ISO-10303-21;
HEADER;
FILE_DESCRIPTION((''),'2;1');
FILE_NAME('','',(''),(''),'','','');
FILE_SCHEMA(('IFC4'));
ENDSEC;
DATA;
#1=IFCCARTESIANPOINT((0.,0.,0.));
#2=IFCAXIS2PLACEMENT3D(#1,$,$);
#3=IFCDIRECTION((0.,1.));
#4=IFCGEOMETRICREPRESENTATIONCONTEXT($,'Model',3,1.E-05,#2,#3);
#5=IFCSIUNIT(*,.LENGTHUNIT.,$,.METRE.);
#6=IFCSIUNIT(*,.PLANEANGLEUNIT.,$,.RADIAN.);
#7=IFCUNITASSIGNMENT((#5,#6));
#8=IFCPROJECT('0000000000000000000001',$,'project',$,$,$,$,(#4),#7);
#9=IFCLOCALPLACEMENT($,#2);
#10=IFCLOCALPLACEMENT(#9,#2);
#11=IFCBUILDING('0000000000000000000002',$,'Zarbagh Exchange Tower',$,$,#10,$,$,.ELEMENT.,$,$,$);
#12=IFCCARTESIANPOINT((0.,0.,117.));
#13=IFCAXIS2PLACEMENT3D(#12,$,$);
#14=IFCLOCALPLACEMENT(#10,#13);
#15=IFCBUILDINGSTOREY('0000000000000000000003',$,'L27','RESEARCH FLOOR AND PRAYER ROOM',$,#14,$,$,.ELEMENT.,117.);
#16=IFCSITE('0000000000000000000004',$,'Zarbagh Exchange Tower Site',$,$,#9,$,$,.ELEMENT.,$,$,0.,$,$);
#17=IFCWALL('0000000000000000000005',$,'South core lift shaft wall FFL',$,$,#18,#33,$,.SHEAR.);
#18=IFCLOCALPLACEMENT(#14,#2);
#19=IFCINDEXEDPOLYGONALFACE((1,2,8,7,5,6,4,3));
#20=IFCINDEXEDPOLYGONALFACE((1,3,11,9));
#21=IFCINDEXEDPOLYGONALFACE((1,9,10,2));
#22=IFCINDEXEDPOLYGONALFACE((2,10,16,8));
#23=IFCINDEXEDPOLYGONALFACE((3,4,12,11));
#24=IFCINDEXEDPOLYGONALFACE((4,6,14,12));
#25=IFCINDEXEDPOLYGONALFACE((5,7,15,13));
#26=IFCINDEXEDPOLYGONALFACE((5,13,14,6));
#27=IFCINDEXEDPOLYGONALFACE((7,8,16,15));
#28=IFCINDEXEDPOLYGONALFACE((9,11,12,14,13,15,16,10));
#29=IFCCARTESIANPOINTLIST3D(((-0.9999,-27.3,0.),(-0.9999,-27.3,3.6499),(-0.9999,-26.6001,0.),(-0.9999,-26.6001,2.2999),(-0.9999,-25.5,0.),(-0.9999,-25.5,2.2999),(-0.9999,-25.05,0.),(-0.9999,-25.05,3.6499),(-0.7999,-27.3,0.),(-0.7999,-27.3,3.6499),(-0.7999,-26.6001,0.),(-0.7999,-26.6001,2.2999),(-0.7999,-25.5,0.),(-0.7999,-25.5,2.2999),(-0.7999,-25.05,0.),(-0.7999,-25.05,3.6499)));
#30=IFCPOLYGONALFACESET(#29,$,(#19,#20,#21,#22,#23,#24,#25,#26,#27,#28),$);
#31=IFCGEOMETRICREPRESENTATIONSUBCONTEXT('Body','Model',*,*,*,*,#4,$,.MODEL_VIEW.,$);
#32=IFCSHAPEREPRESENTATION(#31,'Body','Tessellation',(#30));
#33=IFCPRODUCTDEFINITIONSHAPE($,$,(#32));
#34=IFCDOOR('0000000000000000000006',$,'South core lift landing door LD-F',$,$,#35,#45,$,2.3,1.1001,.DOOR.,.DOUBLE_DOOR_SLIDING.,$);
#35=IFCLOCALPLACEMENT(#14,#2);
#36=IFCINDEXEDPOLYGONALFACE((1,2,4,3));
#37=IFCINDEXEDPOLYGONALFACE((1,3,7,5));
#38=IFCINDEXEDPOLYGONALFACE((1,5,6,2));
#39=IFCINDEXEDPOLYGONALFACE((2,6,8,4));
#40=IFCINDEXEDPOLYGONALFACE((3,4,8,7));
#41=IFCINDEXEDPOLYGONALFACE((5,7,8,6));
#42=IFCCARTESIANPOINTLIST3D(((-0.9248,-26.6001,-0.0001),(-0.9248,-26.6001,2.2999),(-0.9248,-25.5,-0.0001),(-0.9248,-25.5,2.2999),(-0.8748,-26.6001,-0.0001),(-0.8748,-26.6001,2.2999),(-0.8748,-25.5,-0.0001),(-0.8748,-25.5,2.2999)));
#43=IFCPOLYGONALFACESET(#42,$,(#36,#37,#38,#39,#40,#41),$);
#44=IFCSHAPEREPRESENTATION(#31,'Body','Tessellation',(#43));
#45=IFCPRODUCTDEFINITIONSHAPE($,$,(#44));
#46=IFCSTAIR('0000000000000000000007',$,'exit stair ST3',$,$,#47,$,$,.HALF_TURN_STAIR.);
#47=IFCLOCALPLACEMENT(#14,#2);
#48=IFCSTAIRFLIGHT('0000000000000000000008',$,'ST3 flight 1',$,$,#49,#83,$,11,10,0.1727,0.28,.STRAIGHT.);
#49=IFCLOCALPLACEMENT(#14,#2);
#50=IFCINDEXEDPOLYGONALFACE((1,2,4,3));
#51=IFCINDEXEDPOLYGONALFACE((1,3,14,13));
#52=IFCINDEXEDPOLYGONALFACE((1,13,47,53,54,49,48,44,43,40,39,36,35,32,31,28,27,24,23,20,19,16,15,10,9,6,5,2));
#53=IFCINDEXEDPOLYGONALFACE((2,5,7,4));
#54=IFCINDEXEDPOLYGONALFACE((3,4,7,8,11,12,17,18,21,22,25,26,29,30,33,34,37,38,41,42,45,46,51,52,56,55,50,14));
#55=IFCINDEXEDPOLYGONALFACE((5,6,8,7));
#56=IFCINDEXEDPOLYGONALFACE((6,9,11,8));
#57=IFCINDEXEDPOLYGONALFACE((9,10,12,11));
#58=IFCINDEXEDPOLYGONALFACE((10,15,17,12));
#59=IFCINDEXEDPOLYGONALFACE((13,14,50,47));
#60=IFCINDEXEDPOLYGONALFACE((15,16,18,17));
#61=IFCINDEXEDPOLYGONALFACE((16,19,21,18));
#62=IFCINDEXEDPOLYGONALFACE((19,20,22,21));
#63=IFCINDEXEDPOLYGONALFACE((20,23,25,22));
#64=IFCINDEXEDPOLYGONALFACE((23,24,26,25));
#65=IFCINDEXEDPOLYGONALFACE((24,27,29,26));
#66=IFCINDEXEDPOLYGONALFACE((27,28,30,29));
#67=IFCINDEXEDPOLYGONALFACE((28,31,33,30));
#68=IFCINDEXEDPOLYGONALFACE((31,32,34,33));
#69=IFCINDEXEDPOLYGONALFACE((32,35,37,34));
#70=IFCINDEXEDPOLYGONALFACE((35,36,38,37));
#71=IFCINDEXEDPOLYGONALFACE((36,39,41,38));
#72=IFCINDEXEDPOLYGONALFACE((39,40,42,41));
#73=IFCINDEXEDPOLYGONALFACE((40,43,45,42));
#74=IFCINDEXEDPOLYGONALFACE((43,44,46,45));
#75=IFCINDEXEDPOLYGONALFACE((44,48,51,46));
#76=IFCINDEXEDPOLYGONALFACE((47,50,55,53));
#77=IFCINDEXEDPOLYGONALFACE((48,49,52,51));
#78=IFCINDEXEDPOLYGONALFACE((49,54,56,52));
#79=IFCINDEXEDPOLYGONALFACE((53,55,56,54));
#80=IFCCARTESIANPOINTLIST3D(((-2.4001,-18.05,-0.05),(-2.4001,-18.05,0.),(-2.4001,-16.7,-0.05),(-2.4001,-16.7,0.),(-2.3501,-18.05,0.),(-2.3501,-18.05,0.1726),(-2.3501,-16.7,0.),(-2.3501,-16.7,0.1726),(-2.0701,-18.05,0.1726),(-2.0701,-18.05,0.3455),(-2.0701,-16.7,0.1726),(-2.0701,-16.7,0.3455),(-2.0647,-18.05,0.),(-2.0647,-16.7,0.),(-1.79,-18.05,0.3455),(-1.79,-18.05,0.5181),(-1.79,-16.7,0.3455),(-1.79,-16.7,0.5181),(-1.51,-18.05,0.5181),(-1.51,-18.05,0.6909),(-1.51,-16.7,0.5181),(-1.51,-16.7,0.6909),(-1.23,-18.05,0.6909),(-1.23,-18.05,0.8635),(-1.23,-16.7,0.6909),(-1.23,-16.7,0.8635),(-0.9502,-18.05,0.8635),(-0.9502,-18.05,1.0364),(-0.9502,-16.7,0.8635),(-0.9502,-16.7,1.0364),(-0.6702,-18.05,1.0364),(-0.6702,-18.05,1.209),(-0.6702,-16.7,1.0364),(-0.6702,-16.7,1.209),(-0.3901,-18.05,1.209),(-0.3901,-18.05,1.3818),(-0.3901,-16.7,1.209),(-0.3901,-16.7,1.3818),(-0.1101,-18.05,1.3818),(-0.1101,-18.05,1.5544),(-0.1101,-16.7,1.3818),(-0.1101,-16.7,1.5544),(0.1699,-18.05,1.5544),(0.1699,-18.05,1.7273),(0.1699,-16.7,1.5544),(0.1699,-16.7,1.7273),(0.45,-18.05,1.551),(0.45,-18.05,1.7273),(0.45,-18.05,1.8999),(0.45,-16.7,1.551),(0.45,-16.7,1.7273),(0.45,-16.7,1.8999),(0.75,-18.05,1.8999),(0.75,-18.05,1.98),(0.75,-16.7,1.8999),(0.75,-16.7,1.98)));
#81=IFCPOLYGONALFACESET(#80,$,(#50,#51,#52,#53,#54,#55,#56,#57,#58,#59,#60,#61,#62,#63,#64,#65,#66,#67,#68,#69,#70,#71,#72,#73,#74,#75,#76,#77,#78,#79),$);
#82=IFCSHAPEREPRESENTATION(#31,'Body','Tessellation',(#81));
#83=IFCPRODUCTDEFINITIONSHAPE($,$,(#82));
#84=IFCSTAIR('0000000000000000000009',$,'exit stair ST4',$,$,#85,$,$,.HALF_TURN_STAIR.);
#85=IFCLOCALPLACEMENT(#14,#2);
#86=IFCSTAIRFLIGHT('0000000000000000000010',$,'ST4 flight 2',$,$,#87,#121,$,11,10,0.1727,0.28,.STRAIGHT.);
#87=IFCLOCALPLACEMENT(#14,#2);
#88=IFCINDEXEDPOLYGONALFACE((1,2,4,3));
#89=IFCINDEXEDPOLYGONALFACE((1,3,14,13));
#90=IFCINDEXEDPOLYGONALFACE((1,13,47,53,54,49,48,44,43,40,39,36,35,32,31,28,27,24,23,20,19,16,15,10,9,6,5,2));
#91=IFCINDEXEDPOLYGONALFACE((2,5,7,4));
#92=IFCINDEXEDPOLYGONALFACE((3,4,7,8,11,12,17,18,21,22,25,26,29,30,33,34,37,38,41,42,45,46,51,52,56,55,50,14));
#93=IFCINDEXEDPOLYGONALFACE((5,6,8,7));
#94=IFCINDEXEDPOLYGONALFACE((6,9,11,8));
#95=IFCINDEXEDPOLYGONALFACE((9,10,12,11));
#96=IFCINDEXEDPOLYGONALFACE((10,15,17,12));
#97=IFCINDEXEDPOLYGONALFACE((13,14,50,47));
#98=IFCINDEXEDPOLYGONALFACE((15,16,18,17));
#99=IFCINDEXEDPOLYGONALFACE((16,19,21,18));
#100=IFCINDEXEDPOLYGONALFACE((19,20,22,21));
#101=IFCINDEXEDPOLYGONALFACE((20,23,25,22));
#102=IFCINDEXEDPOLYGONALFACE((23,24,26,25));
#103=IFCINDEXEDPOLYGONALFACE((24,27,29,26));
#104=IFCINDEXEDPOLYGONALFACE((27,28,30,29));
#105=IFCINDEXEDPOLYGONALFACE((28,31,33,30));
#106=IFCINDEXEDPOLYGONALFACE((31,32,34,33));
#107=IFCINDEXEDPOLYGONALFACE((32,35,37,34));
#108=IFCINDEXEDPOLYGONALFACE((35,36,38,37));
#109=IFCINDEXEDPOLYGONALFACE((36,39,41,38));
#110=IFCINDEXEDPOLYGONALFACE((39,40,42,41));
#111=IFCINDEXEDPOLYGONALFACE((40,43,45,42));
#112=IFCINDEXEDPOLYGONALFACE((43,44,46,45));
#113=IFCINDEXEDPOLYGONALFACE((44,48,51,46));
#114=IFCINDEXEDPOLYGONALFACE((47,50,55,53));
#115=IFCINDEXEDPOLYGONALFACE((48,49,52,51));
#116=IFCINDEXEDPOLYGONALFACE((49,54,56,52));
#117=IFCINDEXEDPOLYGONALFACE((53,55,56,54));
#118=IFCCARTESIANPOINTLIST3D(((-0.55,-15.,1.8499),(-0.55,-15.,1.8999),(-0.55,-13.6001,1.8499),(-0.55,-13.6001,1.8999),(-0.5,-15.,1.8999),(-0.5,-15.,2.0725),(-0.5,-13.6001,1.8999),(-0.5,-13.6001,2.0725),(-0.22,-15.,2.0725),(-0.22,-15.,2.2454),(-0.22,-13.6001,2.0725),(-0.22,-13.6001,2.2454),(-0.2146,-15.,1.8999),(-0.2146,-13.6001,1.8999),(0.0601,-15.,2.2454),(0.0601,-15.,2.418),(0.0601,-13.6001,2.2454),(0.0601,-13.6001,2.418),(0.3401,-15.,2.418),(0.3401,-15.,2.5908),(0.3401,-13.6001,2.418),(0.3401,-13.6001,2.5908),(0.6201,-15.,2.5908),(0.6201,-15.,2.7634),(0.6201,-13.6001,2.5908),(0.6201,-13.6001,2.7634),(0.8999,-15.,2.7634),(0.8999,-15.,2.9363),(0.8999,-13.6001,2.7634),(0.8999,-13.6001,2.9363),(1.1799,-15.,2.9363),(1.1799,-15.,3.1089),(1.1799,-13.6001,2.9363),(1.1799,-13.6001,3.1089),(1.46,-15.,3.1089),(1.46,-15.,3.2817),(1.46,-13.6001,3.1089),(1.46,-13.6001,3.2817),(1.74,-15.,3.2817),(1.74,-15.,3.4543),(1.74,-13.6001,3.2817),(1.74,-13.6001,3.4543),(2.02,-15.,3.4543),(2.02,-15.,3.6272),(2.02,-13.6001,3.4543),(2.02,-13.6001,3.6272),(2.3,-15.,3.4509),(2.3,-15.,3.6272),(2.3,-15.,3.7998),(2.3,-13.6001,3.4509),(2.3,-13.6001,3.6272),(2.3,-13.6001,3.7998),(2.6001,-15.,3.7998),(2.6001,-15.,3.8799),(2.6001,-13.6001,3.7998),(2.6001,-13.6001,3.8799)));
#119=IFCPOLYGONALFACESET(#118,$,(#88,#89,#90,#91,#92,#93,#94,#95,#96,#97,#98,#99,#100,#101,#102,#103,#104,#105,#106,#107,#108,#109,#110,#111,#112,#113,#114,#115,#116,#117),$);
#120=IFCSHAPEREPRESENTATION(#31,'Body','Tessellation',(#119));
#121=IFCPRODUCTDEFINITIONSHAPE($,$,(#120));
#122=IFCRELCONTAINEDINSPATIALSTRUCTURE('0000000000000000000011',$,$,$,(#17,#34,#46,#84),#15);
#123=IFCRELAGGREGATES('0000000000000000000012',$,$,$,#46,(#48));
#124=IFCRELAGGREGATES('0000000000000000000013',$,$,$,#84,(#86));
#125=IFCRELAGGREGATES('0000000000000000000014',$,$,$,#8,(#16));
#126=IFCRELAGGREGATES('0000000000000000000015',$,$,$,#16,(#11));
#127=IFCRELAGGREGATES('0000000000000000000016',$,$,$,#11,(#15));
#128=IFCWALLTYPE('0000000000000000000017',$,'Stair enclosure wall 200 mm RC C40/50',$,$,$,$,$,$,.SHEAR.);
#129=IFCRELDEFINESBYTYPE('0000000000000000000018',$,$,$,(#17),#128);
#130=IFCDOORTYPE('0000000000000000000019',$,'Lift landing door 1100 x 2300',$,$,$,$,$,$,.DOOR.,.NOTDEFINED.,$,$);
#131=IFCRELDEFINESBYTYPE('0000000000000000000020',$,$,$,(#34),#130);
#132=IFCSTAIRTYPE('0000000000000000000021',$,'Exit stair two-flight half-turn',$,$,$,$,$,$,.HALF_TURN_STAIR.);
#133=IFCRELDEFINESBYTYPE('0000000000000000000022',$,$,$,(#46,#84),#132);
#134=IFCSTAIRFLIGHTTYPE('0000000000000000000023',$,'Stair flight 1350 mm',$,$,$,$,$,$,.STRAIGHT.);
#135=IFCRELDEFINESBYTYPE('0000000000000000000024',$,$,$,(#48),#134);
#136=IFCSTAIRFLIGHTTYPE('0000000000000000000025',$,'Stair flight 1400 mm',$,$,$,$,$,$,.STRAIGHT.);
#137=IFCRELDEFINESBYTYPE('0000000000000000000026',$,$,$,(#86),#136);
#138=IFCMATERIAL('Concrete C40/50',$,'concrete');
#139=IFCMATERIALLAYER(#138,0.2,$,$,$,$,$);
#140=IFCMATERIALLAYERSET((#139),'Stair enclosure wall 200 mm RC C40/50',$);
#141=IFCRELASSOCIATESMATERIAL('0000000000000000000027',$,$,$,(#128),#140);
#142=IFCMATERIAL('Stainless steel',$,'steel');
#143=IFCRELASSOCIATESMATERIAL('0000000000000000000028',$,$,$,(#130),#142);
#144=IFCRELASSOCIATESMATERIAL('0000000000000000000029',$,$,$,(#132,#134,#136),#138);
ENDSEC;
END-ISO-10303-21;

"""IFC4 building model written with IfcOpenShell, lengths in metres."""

from ifc_helpers import new_model, si_unit, direction, frame, frame_2d, origin, place, context, subcontext, project, spatial, polyline, rectangle, outline, extrude, material, layer, layer_set, type_object, element, fill, aggregate, save


model = new_model("IFC4")

# Units and contexts
model_context = context("Model", 3, precision=1e-05, world=origin(), true_north=direction((0.0, 1.0)))
body_context = subcontext(model_context, "Body", "Model", "MODEL_VIEW")
ifc_project = project(units=[si_unit("LENGTHUNIT", "METRE"), si_unit("PLANEANGLEUNIT", "RADIAN")], contexts=[model_context])

# Site, building, storey
site_placement = place(None, origin())
site = spatial("IfcSite", under=ifc_project, at=site_placement, Name="Zarbagh Exchange Tower Site", CompositionType="ELEMENT", RefElevation=0.0)
building_placement = place(site_placement, origin())
building = spatial("IfcBuilding", under=site, at=building_placement, Name="Zarbagh Exchange Tower", CompositionType="ELEMENT")
storey_placement = place(building_placement, frame((0.0, 0.0, 117.0)))
storey = spatial("IfcBuildingStorey", under=building, at=storey_placement, Name="L27", Description="RESEARCH FLOOR AND PRAYER ROOM", CompositionType="ELEMENT", Elevation=117.0)

# Shared definitions
ifc_material_1 = material(Name="Concrete C40/50", Category="concrete")

# Wall, opening, door
ifc_layer_1 = layer(ifc_material_1, 0.2)
ifc_layer_set_1 = layer_set([ifc_layer_1], Name="Stair enclosure wall 200 mm RC C40/50")
wall_type_1 = type_object("IfcWallType", Name="Stair enclosure wall 200 mm RC C40/50", PredefinedType="SHEAR", material=ifc_layer_set_1)
wall_1_placement = place(storey_placement, frame((-0.8999, -27.3, 0.0), z_axis=(0.0, 0.0, 1.0), x_axis=(0.0, 1.0, 0.0)))
wall_1 = element("IfcWall", 1, at=wall_1_placement, inside=storey, type_object=wall_type_1, Name="South core lift shaft wall FFL", PredefinedType="SHEAR", context=body_context, shape_type="SweptSolid", body=[
    extrude(rectangle(XDim=2.25, YDim=0.2, at=frame_2d((1.125, 0.0))), origin(), (0.0, 0.0, 1.0), 3.6499),
])
opening_1_placement = place(wall_1_placement, frame((0.7, 0.0, 0.0)))
opening_1 = element("IfcOpeningElement", 2, at=opening_1_placement, cuts=wall_1, PredefinedType="OPENING", context=body_context, shape_type="SweptSolid", body=[
    extrude(rectangle(XDim=1.1001, YDim=2.3, at=frame_2d((0.55, 1.1499))), frame((0.0, 0.1099, 0.0), z_axis=(0.0, -1.0, 0.0), x_axis=(1.0, 0.0, 0.0)), (0.0, 0.0, 1.0), 0.22),
])
ifc_material_2 = material(Name="Stainless steel", Category="steel")
door_type_1 = type_object("IfcDoorType", Name="Lift landing door 1100 x 2300", OperationType="NOTDEFINED", PredefinedType="DOOR", material=ifc_material_2)
door_1_placement = place(opening_1_placement, origin())
door_1 = element("IfcDoor", 3, at=door_1_placement, inside=storey, type_object=door_type_1, Name="South core lift landing door LD-F", OperationType="DOUBLE_DOOR_SLIDING", OverallHeight=2.3, OverallWidth=1.1001, PredefinedType="DOOR", context=body_context, shape_type="SweptSolid", body=[
    extrude(rectangle(XDim=1.1001, YDim=2.3, at=frame_2d((0.55, 1.1499))), frame((0.0, 0.0249, 0.0), z_axis=(0.0, -1.0, 0.0), x_axis=(1.0, 0.0, 0.0)), (0.0, 0.0, 1.0), 0.05),
])
fill(opening_1, door_1)

# Stairs, stair flights
stair_type = type_object("IfcStairType", Name="Exit stair two-flight half-turn", PredefinedType="HALF_TURN_STAIR", material=ifc_material_1)
stair_1_placement = place(storey_placement, origin())
stair_1 = element("IfcStair", 4, at=stair_1_placement, inside=storey, type_object=stair_type, Name="exit stair ST3", PredefinedType="HALF_TURN_STAIR")
stair_flight_type_1 = type_object("IfcStairFlightType", Name="Stair flight 1350 mm", PredefinedType="STRAIGHT", material=ifc_material_1)
stair_flight_1_placement = place(storey_placement, frame((-2.3501, -17.375, 0.0), z_axis=(0.0, 0.0, 1.0), x_axis=(1.0, 0.0, 0.0)))
stair_flight_1 = element("IfcStairFlight", 5, at=stair_flight_1_placement, type_object=stair_flight_type_1, Name="ST3 flight 1", NumberOfRisers=11, NumberOfTreads=10, PredefinedType="STRAIGHT", RiserHeight=0.1727, TreadLength=0.28, context=body_context, shape_type="SweptSolid", body=[
    extrude(outline(polyline([(-0.05, -0.05), (-0.05, 0.0), (0.0, 0.0), (0.0, 0.1726), (0.28, 0.1726), (0.28, 0.3455), (0.5601, 0.3455), (0.5601, 0.5181), (0.8401, 0.5181), (0.8401, 0.6909), (1.1201, 0.6909), (1.1201, 0.8635), (1.3999, 0.8635), (1.3999, 1.0364), (1.6799, 1.0364), (1.6799, 1.209), (1.96, 1.209), (1.96, 1.3818), (2.24, 1.3818), (2.24, 1.5544), (2.52, 1.5544), (2.52, 1.7273), (2.8, 1.7273), (2.8, 1.8999), (3.1001, 1.98), (3.1001, 1.8999), (2.8, 1.551), (0.2854, 0.0), (-0.05, -0.05)])), frame((0.0, 0.675, 0.0), z_axis=(0.0, -1.0, 0.0), x_axis=(1.0, 0.0, 0.0)), (0.0, 0.0, 1.0), 1.3501),
])
aggregate(stair_1, [stair_flight_1])
stair_2_placement = place(storey_placement, origin())
stair_2 = element("IfcStair", 6, at=stair_2_placement, inside=storey, type_object=stair_type, Name="exit stair ST4", PredefinedType="HALF_TURN_STAIR")
stair_flight_type_2 = type_object("IfcStairFlightType", Name="Stair flight 1400 mm", PredefinedType="STRAIGHT", material=ifc_material_1)
stair_flight_2_placement = place(storey_placement, frame((-0.5, -14.3, 1.8999), z_axis=(0.0, 0.0, 1.0), x_axis=(1.0, 0.0, 0.0)))
stair_flight_2 = element("IfcStairFlight", 7, at=stair_flight_2_placement, type_object=stair_flight_type_2, Name="ST4 flight 2", NumberOfRisers=11, NumberOfTreads=10, PredefinedType="STRAIGHT", RiserHeight=0.1727, TreadLength=0.28, context=body_context, shape_type="SweptSolid", body=[
    extrude(outline(polyline([(-0.05, -0.05), (-0.05, 0.0), (0.0, 0.0), (0.0, 0.1726), (0.28, 0.1726), (0.28, 0.3455), (0.5601, 0.3455), (0.5601, 0.5181), (0.8401, 0.5181), (0.8401, 0.6909), (1.1201, 0.6909), (1.1201, 0.8635), (1.3999, 0.8635), (1.3999, 1.0364), (1.6799, 1.0364), (1.6799, 1.209), (1.96, 1.209), (1.96, 1.3818), (2.24, 1.3818), (2.24, 1.5544), (2.52, 1.5544), (2.52, 1.7273), (2.8, 1.7273), (2.8, 1.8999), (3.1001, 1.98), (3.1001, 1.8999), (2.8, 1.551), (0.2854, 0.0), (-0.05, -0.05)])), frame((0.0, 0.7, 0.0), z_axis=(0.0, -1.0, 0.0), x_axis=(1.0, 0.0, 0.0)), (0.0, 0.0, 1.0), 1.3999),
])
aggregate(stair_2, [stair_flight_2])

save(model, "model.ifc")
